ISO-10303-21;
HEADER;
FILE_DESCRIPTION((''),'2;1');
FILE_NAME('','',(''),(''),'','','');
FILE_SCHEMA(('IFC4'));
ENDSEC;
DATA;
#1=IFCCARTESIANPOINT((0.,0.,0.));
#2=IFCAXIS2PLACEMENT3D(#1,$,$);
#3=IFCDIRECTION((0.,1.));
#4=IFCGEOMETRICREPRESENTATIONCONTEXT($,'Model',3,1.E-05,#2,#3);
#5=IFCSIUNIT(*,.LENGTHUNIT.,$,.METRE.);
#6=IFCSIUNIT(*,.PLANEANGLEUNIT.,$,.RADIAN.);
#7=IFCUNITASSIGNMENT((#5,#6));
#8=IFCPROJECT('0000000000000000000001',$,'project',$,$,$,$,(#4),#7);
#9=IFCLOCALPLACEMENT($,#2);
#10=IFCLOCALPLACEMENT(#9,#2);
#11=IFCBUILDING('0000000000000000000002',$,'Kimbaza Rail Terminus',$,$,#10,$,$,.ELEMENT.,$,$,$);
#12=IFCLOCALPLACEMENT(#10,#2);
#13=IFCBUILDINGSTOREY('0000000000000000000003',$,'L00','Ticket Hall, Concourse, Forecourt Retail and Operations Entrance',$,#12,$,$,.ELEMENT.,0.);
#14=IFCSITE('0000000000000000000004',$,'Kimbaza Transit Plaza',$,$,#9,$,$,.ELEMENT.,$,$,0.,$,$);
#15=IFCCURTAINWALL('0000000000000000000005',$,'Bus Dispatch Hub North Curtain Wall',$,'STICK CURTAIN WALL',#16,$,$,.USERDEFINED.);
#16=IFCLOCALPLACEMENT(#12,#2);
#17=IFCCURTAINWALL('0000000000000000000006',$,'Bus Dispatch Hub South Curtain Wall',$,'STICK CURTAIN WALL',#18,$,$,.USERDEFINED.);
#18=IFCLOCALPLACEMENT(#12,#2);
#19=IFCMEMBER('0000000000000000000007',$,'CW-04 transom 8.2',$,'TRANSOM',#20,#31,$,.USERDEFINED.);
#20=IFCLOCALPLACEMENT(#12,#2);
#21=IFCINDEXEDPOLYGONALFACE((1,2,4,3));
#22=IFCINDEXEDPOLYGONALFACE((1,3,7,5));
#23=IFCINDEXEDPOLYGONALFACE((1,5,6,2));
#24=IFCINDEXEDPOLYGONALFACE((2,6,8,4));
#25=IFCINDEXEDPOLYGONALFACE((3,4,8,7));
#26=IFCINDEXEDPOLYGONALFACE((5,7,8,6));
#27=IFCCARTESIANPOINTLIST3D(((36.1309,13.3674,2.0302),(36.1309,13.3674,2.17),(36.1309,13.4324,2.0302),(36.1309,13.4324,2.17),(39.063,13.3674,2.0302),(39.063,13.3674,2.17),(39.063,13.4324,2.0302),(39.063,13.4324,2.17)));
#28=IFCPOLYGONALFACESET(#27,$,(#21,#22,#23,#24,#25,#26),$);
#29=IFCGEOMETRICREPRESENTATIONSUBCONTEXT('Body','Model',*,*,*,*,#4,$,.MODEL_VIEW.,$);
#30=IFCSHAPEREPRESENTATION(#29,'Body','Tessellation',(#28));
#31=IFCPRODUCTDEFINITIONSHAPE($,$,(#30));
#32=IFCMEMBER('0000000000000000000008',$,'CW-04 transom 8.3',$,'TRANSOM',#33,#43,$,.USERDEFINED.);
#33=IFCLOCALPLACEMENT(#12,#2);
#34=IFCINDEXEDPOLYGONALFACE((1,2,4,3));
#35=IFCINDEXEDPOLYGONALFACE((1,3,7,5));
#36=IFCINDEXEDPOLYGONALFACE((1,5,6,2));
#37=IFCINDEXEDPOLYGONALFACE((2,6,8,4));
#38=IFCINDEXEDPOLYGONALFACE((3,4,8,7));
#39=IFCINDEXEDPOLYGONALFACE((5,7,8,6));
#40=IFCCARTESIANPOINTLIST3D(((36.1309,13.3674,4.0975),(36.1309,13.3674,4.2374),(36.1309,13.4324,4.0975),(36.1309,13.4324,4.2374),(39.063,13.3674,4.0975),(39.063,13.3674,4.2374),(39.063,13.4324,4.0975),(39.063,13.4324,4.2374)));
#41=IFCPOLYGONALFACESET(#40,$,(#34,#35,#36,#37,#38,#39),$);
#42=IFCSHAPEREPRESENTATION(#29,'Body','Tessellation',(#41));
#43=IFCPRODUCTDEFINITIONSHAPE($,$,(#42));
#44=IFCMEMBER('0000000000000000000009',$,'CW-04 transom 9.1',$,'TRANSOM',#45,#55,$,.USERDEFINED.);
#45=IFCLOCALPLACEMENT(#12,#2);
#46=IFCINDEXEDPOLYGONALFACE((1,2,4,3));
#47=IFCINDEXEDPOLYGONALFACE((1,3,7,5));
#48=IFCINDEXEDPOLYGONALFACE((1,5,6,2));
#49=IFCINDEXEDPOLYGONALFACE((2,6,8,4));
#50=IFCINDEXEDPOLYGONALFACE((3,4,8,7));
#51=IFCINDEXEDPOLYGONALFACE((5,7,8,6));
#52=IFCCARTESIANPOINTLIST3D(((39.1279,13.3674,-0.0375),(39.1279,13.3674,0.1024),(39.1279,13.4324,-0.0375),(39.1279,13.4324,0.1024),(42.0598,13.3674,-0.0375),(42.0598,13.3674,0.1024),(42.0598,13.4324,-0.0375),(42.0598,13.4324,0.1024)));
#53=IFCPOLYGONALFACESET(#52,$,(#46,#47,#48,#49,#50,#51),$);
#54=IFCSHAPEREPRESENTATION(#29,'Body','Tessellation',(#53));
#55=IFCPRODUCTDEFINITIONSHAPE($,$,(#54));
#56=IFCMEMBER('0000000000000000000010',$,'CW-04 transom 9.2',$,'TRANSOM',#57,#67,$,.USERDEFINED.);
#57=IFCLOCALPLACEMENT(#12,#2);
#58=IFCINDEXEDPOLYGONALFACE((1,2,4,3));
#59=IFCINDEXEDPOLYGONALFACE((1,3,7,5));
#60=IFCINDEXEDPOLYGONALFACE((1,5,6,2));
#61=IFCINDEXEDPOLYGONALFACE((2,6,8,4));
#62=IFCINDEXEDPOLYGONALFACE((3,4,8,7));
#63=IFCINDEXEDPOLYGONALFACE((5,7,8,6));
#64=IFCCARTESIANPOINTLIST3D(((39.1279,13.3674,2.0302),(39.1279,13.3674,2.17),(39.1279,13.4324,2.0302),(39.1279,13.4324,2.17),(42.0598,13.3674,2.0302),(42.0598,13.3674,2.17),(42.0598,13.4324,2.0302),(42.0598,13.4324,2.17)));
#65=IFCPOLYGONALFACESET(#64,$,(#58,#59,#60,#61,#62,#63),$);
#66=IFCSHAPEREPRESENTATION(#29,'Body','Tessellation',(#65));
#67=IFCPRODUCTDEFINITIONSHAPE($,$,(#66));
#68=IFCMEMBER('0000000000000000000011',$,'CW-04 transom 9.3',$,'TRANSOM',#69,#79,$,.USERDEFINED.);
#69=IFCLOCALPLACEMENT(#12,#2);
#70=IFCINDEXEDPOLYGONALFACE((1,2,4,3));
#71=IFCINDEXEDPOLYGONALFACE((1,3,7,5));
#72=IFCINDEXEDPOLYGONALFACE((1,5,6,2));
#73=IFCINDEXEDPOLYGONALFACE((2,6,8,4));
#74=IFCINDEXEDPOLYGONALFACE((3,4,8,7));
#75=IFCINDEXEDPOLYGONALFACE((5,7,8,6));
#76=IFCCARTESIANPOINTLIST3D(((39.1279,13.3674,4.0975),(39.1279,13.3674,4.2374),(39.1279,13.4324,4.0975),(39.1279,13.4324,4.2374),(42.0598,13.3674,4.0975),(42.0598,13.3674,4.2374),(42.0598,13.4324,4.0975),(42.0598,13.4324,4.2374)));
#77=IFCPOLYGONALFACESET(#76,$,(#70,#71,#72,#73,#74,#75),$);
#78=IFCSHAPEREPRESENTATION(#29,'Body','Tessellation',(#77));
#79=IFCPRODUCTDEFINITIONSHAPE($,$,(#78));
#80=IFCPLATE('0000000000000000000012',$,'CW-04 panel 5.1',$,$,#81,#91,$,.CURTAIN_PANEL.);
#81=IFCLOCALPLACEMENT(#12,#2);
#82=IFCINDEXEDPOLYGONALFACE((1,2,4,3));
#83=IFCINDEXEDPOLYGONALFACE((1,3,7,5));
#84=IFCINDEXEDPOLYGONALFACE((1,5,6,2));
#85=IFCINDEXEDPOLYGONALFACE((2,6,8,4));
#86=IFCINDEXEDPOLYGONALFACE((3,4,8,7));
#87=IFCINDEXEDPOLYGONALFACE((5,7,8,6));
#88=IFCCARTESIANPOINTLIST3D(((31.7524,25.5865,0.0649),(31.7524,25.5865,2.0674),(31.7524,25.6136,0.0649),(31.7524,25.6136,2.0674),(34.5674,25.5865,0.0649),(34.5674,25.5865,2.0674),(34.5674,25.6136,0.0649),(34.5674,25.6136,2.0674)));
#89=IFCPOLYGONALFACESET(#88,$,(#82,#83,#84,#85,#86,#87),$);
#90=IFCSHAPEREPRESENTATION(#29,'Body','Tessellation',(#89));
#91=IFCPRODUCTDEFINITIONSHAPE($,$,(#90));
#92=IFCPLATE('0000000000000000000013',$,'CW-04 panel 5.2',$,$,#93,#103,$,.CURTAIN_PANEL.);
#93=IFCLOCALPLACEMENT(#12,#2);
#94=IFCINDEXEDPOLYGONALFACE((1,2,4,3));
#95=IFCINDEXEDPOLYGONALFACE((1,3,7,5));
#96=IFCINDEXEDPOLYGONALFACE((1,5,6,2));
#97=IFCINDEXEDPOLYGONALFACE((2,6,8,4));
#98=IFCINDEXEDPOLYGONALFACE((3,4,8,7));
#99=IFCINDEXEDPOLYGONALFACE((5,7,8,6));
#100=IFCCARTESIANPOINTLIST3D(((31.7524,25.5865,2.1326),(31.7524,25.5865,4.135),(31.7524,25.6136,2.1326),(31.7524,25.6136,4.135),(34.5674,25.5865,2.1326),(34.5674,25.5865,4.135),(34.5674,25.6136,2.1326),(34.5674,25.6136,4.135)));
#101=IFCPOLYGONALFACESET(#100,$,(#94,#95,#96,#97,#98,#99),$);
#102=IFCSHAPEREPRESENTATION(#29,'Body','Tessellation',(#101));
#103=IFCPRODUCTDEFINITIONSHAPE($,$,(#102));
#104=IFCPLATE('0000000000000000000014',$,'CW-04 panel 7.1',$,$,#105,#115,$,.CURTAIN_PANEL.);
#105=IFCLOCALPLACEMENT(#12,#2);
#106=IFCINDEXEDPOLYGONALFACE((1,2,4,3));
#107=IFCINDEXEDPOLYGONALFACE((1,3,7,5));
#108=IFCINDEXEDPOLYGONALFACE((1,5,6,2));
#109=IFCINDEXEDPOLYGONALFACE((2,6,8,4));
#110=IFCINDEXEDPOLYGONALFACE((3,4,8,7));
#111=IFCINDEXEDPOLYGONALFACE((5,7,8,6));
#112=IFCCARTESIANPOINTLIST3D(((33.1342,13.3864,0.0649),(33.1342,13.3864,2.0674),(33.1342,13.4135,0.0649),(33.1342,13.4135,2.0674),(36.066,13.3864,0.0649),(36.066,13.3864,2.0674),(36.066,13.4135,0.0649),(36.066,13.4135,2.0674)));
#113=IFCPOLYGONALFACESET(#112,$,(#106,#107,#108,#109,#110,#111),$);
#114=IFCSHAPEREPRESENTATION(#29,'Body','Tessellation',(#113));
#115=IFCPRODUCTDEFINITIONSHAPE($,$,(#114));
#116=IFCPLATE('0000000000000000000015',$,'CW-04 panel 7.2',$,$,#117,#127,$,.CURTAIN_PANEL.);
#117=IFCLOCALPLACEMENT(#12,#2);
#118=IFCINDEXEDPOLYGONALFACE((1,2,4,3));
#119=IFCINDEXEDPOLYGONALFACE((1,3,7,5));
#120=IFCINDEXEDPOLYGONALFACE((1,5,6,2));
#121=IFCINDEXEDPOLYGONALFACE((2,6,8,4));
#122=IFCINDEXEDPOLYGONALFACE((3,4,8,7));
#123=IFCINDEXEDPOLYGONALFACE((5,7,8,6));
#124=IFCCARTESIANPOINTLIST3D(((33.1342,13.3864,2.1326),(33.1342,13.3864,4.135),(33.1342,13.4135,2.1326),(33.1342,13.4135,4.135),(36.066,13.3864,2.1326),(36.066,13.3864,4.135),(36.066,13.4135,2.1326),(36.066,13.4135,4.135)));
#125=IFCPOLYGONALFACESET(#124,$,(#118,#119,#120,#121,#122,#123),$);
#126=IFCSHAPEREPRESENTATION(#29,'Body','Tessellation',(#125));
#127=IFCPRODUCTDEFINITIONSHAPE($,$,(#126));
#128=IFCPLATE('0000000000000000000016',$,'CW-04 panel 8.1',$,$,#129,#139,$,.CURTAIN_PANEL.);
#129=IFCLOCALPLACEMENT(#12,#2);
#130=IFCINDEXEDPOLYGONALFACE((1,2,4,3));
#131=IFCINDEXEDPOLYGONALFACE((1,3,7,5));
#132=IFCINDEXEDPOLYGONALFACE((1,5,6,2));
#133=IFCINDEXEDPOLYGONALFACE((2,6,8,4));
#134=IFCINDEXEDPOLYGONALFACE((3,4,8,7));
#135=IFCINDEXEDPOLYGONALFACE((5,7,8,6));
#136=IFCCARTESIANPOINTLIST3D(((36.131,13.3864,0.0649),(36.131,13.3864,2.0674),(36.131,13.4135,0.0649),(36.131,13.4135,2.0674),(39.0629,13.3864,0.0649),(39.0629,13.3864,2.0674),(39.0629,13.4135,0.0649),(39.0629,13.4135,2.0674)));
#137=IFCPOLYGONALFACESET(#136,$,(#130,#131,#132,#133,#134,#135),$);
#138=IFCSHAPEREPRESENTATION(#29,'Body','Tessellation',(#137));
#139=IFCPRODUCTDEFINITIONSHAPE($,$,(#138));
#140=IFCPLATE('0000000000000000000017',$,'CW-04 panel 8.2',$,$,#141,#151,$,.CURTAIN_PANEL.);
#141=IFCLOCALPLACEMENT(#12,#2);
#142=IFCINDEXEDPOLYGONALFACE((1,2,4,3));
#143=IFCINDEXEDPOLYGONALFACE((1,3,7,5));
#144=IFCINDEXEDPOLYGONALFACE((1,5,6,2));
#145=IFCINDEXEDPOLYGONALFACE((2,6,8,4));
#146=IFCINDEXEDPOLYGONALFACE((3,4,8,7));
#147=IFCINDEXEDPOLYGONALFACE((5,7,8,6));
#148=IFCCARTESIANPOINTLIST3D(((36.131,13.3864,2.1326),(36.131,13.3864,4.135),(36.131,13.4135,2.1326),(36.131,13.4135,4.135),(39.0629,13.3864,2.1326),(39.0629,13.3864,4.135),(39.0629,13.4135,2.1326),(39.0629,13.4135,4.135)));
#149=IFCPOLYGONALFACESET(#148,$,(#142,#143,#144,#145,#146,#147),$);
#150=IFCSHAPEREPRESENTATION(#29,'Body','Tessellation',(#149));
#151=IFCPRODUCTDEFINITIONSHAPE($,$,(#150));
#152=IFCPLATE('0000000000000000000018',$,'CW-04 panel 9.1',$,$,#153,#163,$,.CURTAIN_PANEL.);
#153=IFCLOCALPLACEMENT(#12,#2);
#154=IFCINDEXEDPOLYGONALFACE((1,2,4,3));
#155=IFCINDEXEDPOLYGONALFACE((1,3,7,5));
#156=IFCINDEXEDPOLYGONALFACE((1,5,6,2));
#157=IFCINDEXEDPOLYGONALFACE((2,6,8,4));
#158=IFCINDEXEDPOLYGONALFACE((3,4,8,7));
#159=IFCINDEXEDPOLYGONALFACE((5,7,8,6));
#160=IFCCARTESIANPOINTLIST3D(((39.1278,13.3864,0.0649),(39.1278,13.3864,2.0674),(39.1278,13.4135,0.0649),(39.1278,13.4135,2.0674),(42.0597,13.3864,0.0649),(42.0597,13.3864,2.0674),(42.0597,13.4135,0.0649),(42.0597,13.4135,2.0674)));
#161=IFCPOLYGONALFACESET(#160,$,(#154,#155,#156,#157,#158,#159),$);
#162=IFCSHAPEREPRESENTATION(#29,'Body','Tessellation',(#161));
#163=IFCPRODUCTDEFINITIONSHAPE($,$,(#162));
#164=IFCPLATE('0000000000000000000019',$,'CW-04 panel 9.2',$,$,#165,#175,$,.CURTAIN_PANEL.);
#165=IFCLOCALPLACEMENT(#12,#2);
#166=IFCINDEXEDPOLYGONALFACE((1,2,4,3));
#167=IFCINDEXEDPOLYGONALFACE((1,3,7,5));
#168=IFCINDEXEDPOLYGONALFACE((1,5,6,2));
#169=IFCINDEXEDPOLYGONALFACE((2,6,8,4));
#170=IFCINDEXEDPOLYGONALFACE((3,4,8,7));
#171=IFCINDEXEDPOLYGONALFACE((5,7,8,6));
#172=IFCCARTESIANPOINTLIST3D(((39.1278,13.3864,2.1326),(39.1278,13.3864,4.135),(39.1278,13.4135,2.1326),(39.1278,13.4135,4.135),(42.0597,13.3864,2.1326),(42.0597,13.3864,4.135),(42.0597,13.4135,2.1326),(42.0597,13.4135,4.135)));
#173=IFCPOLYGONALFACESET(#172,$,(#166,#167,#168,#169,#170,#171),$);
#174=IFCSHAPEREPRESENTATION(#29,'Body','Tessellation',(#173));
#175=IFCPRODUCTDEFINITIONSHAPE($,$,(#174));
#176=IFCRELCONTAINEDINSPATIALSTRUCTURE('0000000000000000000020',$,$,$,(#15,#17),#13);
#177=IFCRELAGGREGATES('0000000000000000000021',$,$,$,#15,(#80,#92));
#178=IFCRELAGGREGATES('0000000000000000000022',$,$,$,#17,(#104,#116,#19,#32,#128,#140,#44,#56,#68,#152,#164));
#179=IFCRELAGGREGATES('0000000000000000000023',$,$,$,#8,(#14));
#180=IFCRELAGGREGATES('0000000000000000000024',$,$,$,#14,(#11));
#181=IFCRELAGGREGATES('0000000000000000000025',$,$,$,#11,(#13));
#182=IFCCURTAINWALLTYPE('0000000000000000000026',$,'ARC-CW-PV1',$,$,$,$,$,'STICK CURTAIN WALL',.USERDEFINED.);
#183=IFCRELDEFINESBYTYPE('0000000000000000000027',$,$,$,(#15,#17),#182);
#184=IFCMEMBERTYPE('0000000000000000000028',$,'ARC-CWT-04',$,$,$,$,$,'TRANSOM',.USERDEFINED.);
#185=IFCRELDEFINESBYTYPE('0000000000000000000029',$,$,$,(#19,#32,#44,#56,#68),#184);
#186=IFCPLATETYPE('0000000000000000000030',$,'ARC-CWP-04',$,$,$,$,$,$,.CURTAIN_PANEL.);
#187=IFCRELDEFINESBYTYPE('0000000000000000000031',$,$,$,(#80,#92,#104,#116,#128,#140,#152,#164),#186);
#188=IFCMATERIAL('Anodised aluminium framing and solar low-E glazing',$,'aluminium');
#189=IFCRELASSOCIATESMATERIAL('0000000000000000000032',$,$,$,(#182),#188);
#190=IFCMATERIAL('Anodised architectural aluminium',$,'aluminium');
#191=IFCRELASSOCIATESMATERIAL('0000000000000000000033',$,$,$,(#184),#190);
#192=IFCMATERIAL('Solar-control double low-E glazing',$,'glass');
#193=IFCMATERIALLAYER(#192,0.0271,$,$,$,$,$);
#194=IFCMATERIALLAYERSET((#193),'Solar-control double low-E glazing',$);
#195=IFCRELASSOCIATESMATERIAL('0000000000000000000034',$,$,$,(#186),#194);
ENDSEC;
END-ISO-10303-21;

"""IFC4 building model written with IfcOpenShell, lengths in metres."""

from ifc_helpers import new_model, si_unit, direction, frame, origin, origin_2d, place, context, subcontext, project, spatial, rectangle, extrude, material, layer, layer_set, material_profile, profile_set, type_object, element, aggregate, save


model = new_model("IFC4")

# Units and contexts
model_context = context("Model", 3, precision=1e-05, world=origin(), true_north=direction((0.0, 1.0)))
body_context = subcontext(model_context, "Body", "Model", "MODEL_VIEW")
ifc_project = project(units=[si_unit("LENGTHUNIT", "METRE"), si_unit("PLANEANGLEUNIT", "RADIAN")], contexts=[model_context])

# Site, building, storey
site_placement = place(None, origin())
site = spatial("IfcSite", under=ifc_project, at=site_placement, Name="Kimbaza Transit Plaza", CompositionType="ELEMENT", RefElevation=0.0)
building_placement = place(site_placement, origin())
building = spatial("IfcBuilding", under=site, at=building_placement, Name="Kimbaza Rail Terminus", CompositionType="ELEMENT")
storey_placement = place(building_placement, origin())
storey = spatial("IfcBuildingStorey", under=building, at=storey_placement, Name="L00", Description="Ticket Hall, Concourse, Forecourt Retail and Operations Entrance", CompositionType="ELEMENT", Elevation=0.0)

# Curtain walls
ifc_material_1 = material(Name="Anodised aluminium framing and solar low-E glazing", Category="aluminium")
curtain_wall_type = type_object("IfcCurtainWallType", Name="ARC-CW-PV1", ElementType="STICK CURTAIN WALL", PredefinedType="USERDEFINED", material=ifc_material_1)
curtain_wall_1_placement = place(storey_placement, origin())
curtain_wall_1 = element("IfcCurtainWall", 1, at=curtain_wall_1_placement, inside=storey, type_object=curtain_wall_type, Name="Bus Dispatch Hub North Curtain Wall", ObjectType="STICK CURTAIN WALL", PredefinedType="USERDEFINED")
curtain_wall_2_placement = place(storey_placement, origin())
curtain_wall_2 = element("IfcCurtainWall", 2, at=curtain_wall_2_placement, inside=storey, type_object=curtain_wall_type, Name="Bus Dispatch Hub South Curtain Wall", ObjectType="STICK CURTAIN WALL", PredefinedType="USERDEFINED")

# Members
ifc_material_2 = material(Name="Anodised architectural aluminium", Category="aluminium")
ifc_material_profile_1 = material_profile(ifc_material_2, rectangle(XDim=0.0649, YDim=0.1399, at=origin_2d()), Name="TRANSOM 65x140")
ifc_profile_set_1 = profile_set([ifc_material_profile_1], Name="Anodised architectural aluminium")
member_type_1 = type_object("IfcMemberType", Name="ARC-CWT-04", ElementType="TRANSOM", PredefinedType="USERDEFINED", material=ifc_profile_set_1)
member_1_placement = place(storey_placement, frame((36.1309, 13.3999, 2.1001), z_axis=(1.0, 0.0, 0.0), x_axis=(0.0, 1.0, 0.0)))
member_1 = element("IfcMember", 3, at=member_1_placement, type_object=member_type_1, Name="CW-04 transom 8.2", ObjectType="TRANSOM", PredefinedType="USERDEFINED", context=body_context, shape_type="SweptSolid", body=[
    extrude(rectangle(XDim=0.0649, YDim=0.1399, at=origin_2d()), origin(), (0.0, 0.0, 1.0), 2.9321),
])
member_2_placement = place(storey_placement, frame((36.1309, 13.3999, 4.1675), z_axis=(1.0, 0.0, 0.0), x_axis=(0.0, 1.0, 0.0)))
member_2 = element("IfcMember", 4, at=member_2_placement, type_object=member_type_1, Name="CW-04 transom 8.3", ObjectType="TRANSOM", PredefinedType="USERDEFINED", context=body_context, shape_type="SweptSolid", body=[
    extrude(rectangle(XDim=0.0649, YDim=0.1399, at=origin_2d()), origin(), (0.0, 0.0, 1.0), 2.9321),
])
member_3_placement = place(storey_placement, frame((39.1279, 13.3999, 0.0325), z_axis=(1.0, 0.0, 0.0), x_axis=(0.0, 1.0, 0.0)))
member_3 = element("IfcMember", 5, at=member_3_placement, type_object=member_type_1, Name="CW-04 transom 9.1", ObjectType="TRANSOM", PredefinedType="USERDEFINED", context=body_context, shape_type="SweptSolid", body=[
    extrude(rectangle(XDim=0.0649, YDim=0.1399, at=origin_2d()), origin(), (0.0, 0.0, 1.0), 2.9319),
])
member_4_placement = place(storey_placement, frame((39.1279, 13.3999, 2.1001), z_axis=(1.0, 0.0, 0.0), x_axis=(0.0, 1.0, 0.0)))
member_4 = element("IfcMember", 6, at=member_4_placement, type_object=member_type_1, Name="CW-04 transom 9.2", ObjectType="TRANSOM", PredefinedType="USERDEFINED", context=body_context, shape_type="SweptSolid", body=[
    extrude(rectangle(XDim=0.0649, YDim=0.1399, at=origin_2d()), origin(), (0.0, 0.0, 1.0), 2.9319),
])
member_5_placement = place(storey_placement, frame((39.1279, 13.3999, 4.1675), z_axis=(1.0, 0.0, 0.0), x_axis=(0.0, 1.0, 0.0)))
member_5 = element("IfcMember", 7, at=member_5_placement, type_object=member_type_1, Name="CW-04 transom 9.3", ObjectType="TRANSOM", PredefinedType="USERDEFINED", context=body_context, shape_type="SweptSolid", body=[
    extrude(rectangle(XDim=0.0649, YDim=0.1399, at=origin_2d()), origin(), (0.0, 0.0, 1.0), 2.9319),
])

# Plates
ifc_material_3 = material(Name="Solar-control double low-E glazing", Category="glass")
ifc_layer = layer(ifc_material_3, 0.0271)
ifc_layer_set = layer_set([ifc_layer], Name="Solar-control double low-E glazing")
plate_type = type_object("IfcPlateType", Name="ARC-CWP-04", PredefinedType="CURTAIN_PANEL", material=ifc_layer_set)
plate_1_placement = place(storey_placement, frame((33.1599, 25.6001, 0.0649), z_axis=(0.0, 0.0, 1.0), x_axis=(1.0, 0.0, 0.0)))
plate_1 = element("IfcPlate", 8, at=plate_1_placement, type_object=plate_type, Name="CW-04 panel 5.1", PredefinedType="CURTAIN_PANEL", context=body_context, shape_type="SweptSolid", body=[
    extrude(rectangle(XDim=2.8149, YDim=0.0271, at=origin_2d()), origin(), (0.0, 0.0, 1.0), 2.0024),
])
plate_2_placement = place(storey_placement, frame((33.1599, 25.6001, 2.1326), z_axis=(0.0, 0.0, 1.0), x_axis=(1.0, 0.0, 0.0)))
plate_2 = element("IfcPlate", 9, at=plate_2_placement, type_object=plate_type, Name="CW-04 panel 5.2", PredefinedType="CURTAIN_PANEL", context=body_context, shape_type="SweptSolid", body=[
    extrude(rectangle(XDim=2.8149, YDim=0.0271, at=origin_2d()), origin(), (0.0, 0.0, 1.0), 2.0024),
])
aggregate(curtain_wall_1, [plate_1, plate_2])
plate_3_placement = place(storey_placement, frame((34.6001, 13.3999, 0.0649), z_axis=(0.0, 0.0, 1.0), x_axis=(1.0, 0.0, 0.0)))
plate_3 = element("IfcPlate", 10, at=plate_3_placement, type_object=plate_type, Name="CW-04 panel 7.1", PredefinedType="CURTAIN_PANEL", context=body_context, shape_type="SweptSolid", body=[
    extrude(rectangle(XDim=2.9319, YDim=0.0271, at=origin_2d()), origin(), (0.0, 0.0, 1.0), 2.0024),
])
plate_4_placement = place(storey_placement, frame((34.6001, 13.3999, 2.1326), z_axis=(0.0, 0.0, 1.0), x_axis=(1.0, 0.0, 0.0)))
plate_4 = element("IfcPlate", 11, at=plate_4_placement, type_object=plate_type, Name="CW-04 panel 7.2", PredefinedType="CURTAIN_PANEL", context=body_context, shape_type="SweptSolid", body=[
    extrude(rectangle(XDim=2.9319, YDim=0.0271, at=origin_2d()), origin(), (0.0, 0.0, 1.0), 2.0024),
])
plate_5_placement = place(storey_placement, frame((37.5969, 13.3999, 0.0649), z_axis=(0.0, 0.0, 1.0), x_axis=(1.0, 0.0, 0.0)))
plate_5 = element("IfcPlate", 12, at=plate_5_placement, type_object=plate_type, Name="CW-04 panel 8.1", PredefinedType="CURTAIN_PANEL", context=body_context, shape_type="SweptSolid", body=[
    extrude(rectangle(XDim=2.9319, YDim=0.0271, at=origin_2d()), origin(), (0.0, 0.0, 1.0), 2.0024),
])
plate_6_placement = place(storey_placement, frame((37.5969, 13.3999, 2.1326), z_axis=(0.0, 0.0, 1.0), x_axis=(1.0, 0.0, 0.0)))
plate_6 = element("IfcPlate", 13, at=plate_6_placement, type_object=plate_type, Name="CW-04 panel 8.2", PredefinedType="CURTAIN_PANEL", context=body_context, shape_type="SweptSolid", body=[
    extrude(rectangle(XDim=2.9319, YDim=0.0271, at=origin_2d()), origin(), (0.0, 0.0, 1.0), 2.0024),
])
plate_7_placement = place(storey_placement, frame((40.5938, 13.3999, 0.0649), z_axis=(0.0, 0.0, 1.0), x_axis=(1.0, 0.0, 0.0)))
plate_7 = element("IfcPlate", 14, at=plate_7_placement, type_object=plate_type, Name="CW-04 panel 9.1", PredefinedType="CURTAIN_PANEL", context=body_context, shape_type="SweptSolid", body=[
    extrude(rectangle(XDim=2.9319, YDim=0.0271, at=origin_2d()), origin(), (0.0, 0.0, 1.0), 2.0024),
])
plate_8_placement = place(storey_placement, frame((40.5938, 13.3999, 2.1326), z_axis=(0.0, 0.0, 1.0), x_axis=(1.0, 0.0, 0.0)))
plate_8 = element("IfcPlate", 15, at=plate_8_placement, type_object=plate_type, Name="CW-04 panel 9.2", PredefinedType="CURTAIN_PANEL", context=body_context, shape_type="SweptSolid", body=[
    extrude(rectangle(XDim=2.9319, YDim=0.0271, at=origin_2d()), origin(), (0.0, 0.0, 1.0), 2.0024),
])
aggregate(curtain_wall_2, [plate_3, plate_4, member_1, member_2, plate_5, plate_6, member_3, member_4, member_5, plate_7, plate_8])

save(model, "model.ifc")
